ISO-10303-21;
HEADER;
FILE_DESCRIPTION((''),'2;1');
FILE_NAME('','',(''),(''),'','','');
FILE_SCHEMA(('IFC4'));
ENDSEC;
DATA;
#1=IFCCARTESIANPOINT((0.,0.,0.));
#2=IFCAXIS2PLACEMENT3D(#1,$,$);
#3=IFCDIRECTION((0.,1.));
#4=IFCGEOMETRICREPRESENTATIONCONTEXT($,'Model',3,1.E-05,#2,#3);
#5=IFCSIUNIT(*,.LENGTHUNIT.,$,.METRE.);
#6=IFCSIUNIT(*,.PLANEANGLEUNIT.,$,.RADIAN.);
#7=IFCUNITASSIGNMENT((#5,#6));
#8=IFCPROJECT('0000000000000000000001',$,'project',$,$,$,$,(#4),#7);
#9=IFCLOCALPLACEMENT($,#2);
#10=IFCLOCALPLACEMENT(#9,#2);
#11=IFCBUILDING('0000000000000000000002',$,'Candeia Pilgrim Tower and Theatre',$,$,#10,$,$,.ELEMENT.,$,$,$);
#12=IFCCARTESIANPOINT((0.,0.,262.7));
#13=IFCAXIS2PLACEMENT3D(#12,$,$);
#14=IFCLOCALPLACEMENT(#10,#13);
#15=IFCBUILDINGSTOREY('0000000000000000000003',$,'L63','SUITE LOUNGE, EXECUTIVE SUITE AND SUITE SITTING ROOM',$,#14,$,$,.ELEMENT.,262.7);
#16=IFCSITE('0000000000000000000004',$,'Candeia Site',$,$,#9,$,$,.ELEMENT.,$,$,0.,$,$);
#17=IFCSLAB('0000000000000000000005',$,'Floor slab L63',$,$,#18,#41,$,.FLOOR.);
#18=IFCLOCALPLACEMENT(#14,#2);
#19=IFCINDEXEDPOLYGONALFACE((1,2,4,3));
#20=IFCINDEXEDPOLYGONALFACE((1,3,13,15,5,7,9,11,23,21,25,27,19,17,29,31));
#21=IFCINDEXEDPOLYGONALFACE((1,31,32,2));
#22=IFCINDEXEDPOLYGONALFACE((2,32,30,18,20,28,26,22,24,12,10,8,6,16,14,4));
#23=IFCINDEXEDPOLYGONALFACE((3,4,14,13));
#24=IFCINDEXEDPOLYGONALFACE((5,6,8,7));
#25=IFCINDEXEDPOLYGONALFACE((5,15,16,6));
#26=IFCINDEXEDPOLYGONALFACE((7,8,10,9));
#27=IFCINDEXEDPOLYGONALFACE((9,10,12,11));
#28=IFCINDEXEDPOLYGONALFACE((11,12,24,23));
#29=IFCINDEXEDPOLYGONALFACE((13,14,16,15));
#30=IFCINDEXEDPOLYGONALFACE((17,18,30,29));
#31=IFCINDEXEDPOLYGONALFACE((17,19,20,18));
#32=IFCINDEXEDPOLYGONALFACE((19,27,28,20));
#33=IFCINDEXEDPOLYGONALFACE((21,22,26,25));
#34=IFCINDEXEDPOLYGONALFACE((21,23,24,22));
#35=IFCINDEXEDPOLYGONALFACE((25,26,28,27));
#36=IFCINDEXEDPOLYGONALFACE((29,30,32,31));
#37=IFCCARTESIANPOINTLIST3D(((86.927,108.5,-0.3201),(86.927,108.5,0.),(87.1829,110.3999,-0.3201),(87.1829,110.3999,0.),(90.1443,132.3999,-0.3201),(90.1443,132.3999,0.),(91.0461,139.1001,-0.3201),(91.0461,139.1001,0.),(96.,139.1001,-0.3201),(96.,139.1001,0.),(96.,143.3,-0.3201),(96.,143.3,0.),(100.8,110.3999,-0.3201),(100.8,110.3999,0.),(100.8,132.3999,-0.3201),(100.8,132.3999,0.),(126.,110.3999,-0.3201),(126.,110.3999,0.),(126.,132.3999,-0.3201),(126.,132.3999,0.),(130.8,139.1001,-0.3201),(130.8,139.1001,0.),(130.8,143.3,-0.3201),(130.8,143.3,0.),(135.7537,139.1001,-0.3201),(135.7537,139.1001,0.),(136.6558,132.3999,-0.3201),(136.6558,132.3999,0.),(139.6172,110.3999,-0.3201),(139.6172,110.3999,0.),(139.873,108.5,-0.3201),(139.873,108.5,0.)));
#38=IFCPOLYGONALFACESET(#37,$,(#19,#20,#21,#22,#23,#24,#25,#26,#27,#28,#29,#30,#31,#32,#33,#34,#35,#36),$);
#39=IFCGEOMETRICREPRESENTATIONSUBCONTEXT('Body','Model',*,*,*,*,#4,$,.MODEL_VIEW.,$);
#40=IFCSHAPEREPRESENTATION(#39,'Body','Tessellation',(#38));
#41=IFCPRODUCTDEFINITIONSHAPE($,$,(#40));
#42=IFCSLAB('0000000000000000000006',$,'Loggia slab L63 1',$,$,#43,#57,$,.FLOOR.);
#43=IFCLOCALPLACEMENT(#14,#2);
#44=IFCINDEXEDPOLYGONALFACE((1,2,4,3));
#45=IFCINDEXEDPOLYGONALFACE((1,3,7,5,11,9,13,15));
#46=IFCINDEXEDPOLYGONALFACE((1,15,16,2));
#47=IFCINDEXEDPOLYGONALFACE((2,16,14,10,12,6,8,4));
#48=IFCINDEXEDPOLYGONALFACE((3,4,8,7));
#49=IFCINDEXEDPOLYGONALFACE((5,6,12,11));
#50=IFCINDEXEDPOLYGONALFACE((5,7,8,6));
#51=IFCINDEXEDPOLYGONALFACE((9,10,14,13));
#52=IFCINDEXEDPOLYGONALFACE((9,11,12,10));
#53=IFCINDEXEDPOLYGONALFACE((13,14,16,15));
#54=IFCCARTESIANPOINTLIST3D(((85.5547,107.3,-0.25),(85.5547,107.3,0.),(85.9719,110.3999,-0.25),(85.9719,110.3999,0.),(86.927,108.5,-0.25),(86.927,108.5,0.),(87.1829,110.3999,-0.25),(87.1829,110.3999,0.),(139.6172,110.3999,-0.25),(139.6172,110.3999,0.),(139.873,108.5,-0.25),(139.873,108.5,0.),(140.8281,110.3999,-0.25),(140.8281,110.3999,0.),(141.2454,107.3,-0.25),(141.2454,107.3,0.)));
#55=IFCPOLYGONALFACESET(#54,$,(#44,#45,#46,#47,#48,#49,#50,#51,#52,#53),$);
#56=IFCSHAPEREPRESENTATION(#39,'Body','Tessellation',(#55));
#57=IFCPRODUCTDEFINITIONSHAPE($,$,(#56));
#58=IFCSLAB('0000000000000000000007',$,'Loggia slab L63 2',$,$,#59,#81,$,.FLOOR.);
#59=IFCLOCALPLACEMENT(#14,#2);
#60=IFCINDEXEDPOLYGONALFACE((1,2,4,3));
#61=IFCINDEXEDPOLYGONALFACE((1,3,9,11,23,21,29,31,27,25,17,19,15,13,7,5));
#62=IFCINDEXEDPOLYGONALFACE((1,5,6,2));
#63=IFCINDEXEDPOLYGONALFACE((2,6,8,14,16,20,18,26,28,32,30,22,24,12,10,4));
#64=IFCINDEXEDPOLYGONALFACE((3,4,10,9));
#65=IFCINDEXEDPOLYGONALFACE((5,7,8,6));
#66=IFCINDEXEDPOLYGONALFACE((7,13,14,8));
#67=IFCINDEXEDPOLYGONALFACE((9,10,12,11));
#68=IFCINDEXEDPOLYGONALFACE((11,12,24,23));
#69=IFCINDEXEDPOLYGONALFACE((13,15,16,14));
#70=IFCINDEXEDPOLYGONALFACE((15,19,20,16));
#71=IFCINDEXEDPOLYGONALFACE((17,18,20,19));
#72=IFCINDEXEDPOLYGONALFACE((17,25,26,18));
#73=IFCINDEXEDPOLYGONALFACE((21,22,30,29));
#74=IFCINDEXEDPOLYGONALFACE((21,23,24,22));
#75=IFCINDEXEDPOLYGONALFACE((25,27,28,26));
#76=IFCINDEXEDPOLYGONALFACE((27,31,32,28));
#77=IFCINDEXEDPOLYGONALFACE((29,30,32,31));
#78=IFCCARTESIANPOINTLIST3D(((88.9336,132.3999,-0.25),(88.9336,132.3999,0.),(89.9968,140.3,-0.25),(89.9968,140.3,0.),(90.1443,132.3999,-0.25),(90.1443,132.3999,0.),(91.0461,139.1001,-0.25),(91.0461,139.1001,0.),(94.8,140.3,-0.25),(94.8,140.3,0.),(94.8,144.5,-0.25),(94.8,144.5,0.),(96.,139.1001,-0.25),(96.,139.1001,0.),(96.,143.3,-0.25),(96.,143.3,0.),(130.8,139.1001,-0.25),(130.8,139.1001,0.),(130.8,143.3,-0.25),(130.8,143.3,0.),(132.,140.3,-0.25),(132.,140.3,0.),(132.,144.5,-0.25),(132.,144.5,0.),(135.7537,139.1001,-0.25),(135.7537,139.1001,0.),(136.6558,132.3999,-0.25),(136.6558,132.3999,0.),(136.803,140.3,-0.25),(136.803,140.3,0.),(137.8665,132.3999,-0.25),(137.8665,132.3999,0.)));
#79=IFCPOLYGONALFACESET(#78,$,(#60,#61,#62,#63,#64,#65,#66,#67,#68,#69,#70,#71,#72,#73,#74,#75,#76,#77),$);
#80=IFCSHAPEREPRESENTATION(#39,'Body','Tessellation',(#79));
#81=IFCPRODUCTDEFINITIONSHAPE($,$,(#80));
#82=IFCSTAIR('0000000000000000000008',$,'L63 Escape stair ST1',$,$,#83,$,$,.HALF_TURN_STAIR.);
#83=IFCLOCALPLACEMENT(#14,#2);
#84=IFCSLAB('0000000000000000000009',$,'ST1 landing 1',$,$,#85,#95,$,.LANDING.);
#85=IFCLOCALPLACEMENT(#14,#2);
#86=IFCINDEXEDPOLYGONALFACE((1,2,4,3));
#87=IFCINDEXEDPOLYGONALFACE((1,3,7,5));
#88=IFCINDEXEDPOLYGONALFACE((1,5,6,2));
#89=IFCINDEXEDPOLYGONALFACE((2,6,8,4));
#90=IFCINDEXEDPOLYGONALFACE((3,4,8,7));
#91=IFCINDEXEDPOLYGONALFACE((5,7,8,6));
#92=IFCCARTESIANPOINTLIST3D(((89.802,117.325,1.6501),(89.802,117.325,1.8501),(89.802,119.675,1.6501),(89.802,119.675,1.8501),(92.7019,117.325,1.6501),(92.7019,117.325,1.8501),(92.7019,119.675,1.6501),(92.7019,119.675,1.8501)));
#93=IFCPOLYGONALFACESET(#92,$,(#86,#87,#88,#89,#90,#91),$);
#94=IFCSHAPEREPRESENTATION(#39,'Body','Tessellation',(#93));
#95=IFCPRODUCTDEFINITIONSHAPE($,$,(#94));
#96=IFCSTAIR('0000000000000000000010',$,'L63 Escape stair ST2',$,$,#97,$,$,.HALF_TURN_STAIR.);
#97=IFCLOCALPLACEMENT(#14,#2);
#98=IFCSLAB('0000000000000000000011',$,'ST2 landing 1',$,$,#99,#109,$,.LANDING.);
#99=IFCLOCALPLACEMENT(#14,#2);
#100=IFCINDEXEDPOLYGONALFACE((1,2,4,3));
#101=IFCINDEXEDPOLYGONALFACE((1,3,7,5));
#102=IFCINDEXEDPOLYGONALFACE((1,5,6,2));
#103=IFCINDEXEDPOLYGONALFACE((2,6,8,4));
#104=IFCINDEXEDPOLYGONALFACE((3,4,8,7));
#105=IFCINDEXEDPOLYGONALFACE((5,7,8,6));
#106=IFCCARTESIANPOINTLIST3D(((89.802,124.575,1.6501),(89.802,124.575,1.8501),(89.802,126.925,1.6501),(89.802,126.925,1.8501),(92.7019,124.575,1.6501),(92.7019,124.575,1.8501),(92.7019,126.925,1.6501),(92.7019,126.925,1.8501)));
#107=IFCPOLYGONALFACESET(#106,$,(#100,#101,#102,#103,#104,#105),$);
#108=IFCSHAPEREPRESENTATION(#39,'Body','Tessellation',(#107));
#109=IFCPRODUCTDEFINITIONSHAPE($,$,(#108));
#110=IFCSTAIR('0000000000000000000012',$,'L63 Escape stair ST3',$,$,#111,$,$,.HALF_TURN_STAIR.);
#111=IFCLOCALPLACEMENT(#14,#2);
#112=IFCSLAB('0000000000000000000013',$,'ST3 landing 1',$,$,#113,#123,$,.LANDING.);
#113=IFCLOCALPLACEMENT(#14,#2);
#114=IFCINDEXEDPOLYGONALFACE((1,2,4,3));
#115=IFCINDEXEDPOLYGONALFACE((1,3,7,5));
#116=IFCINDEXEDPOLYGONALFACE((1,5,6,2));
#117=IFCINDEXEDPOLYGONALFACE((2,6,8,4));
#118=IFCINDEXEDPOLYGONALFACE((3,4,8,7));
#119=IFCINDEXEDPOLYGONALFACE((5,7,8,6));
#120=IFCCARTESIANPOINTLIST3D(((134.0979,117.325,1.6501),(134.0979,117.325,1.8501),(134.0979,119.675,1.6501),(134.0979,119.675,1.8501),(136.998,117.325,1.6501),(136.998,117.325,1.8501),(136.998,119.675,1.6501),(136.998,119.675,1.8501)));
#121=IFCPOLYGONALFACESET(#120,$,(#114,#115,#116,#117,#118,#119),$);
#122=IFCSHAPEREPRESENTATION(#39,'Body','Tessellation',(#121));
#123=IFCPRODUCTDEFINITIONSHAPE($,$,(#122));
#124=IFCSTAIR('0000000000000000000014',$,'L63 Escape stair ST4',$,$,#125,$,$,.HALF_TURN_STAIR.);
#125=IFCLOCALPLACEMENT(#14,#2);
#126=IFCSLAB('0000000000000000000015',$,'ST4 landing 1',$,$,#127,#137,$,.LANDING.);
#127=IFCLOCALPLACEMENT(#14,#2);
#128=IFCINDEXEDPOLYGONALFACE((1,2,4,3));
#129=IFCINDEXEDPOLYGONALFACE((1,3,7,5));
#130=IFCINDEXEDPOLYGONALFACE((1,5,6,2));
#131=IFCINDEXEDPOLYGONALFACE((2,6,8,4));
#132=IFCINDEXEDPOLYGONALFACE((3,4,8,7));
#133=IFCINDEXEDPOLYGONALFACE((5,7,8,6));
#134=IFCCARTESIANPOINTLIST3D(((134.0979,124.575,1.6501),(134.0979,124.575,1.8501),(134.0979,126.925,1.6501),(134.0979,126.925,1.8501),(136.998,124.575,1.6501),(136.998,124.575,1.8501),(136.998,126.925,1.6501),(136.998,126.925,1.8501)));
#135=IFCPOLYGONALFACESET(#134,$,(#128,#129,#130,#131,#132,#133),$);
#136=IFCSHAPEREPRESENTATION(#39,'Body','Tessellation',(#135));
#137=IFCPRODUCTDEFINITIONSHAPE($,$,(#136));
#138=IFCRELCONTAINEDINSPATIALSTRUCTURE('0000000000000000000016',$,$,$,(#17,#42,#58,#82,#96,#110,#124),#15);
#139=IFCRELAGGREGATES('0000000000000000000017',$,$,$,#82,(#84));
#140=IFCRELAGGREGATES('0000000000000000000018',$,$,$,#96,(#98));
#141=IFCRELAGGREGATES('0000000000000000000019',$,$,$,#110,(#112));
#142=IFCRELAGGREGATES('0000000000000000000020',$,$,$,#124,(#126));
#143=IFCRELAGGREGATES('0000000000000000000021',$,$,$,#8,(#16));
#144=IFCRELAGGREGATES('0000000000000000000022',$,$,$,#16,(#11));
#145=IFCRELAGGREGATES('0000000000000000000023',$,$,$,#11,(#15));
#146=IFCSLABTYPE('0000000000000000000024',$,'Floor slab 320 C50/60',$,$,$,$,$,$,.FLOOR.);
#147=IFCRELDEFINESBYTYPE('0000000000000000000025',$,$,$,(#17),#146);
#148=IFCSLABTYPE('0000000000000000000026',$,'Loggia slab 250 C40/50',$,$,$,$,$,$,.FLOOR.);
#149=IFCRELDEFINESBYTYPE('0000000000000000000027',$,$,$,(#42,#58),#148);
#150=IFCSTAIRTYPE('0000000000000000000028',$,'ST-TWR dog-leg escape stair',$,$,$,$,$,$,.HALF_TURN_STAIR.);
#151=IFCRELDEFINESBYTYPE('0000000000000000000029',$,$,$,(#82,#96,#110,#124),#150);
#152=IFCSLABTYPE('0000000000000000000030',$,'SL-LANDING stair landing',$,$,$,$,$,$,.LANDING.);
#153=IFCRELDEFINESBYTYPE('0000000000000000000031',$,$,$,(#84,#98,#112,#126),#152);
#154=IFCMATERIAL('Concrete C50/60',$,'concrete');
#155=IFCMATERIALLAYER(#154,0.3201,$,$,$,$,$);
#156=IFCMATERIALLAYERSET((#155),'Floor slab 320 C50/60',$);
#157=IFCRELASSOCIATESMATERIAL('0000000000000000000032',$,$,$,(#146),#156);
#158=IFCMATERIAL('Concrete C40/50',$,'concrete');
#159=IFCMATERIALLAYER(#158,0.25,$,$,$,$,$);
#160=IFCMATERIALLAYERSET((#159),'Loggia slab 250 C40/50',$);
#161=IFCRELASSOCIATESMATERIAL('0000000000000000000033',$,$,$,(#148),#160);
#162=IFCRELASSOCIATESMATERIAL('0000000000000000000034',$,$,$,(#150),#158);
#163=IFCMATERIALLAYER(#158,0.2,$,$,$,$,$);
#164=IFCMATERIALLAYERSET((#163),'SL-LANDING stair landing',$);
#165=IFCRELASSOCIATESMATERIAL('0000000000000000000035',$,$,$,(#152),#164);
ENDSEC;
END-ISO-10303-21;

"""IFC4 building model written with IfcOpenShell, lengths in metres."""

from ifc_helpers import new_model, si_unit, direction, frame, origin, place, context, subcontext, project, spatial, polyline, outline, extrude, material, layer, layer_set, type_object, element, aggregate, save


model = new_model("IFC4")

# Units and contexts
model_context = context("Model", 3, precision=1e-05, world=origin(), true_north=direction((0.0, 1.0)))
body_context = subcontext(model_context, "Body", "Model", "MODEL_VIEW")
ifc_project = project(units=[si_unit("LENGTHUNIT", "METRE"), si_unit("PLANEANGLEUNIT", "RADIAN")], contexts=[model_context])

# Site, building, storey
site_placement = place(None, origin())
site = spatial("IfcSite", under=ifc_project, at=site_placement, Name="Candeia Site", CompositionType="ELEMENT", RefElevation=0.0)
building_placement = place(site_placement, origin())
building = spatial("IfcBuilding", under=site, at=building_placement, Name="Candeia Pilgrim Tower and Theatre", CompositionType="ELEMENT")
storey_placement = place(building_placement, frame((0.0, 0.0, 262.7)))
storey = spatial("IfcBuildingStorey", under=building, at=storey_placement, Name="L63", Description="SUITE LOUNGE, EXECUTIVE SUITE AND SUITE SITTING ROOM", CompositionType="ELEMENT", Elevation=262.7)

# Shared definitions
ifc_material_1 = material(Name="Concrete C40/50", Category="concrete")

# Slabs
ifc_material_2 = material(Name="Concrete C50/60", Category="concrete")
ifc_layer_1 = layer(ifc_material_2, 0.3201)
ifc_layer_set_1 = layer_set([ifc_layer_1], Name="Floor slab 320 C50/60")
slab_type_1 = type_object("IfcSlabType", Name="Floor slab 320 C50/60", PredefinedType="FLOOR", material=ifc_layer_set_1)
slab_1_placement = place(storey_placement, frame((0.0, 0.0, -0.3201)))
element("IfcSlab", 1, at=slab_1_placement, inside=storey, type_object=slab_type_1, Name="Floor slab L63", PredefinedType="FLOOR", context=body_context, shape_type="SweptSolid", body=[
    extrude(outline(polyline([(96.0, 139.1001), (96.0, 143.3), (130.8, 143.3), (130.8, 139.1001), (135.7537, 139.1001), (136.6558, 132.3999), (126.0, 132.3999), (126.0, 110.3999), (139.6172, 110.3999), (139.873, 108.5), (86.927, 108.5), (87.1829, 110.3999), (100.8, 110.3999), (100.8, 132.3999), (90.1443, 132.3999), (91.0461, 139.1001), (96.0, 139.1001)])), origin(), (0.0, 0.0, 1.0), 0.3201),
])
ifc_layer_2 = layer(ifc_material_1, 0.25)
ifc_layer_set_2 = layer_set([ifc_layer_2], Name="Loggia slab 250 C40/50")
slab_type_2 = type_object("IfcSlabType", Name="Loggia slab 250 C40/50", PredefinedType="FLOOR", material=ifc_layer_set_2)
slab_2_placement = place(storey_placement, frame((0.0, 0.0, -0.25)))
element("IfcSlab", 2, at=slab_2_placement, inside=storey, type_object=slab_type_2, Name="Loggia slab L63 1", PredefinedType="FLOOR", context=body_context, shape_type="SweptSolid", body=[
    extrude(outline(polyline([(86.927, 108.5), (139.873, 108.5), (139.6172, 110.3999), (140.8281, 110.3999), (141.2454, 107.3), (85.5547, 107.3), (85.9719, 110.3999), (87.1829, 110.3999), (86.927, 108.5)])), origin(), (0.0, 0.0, 1.0), 0.25),
])
slab_3_placement = place(storey_placement, frame((0.0, 0.0, -0.25)))
element("IfcSlab", 3, at=slab_3_placement, inside=storey, type_object=slab_type_2, Name="Loggia slab L63 2", PredefinedType="FLOOR", context=body_context, shape_type="SweptSolid", body=[
    extrude(outline(polyline([(136.6558, 132.3999), (135.7537, 139.1001), (130.8, 139.1001), (130.8, 143.3), (96.0, 143.3), (96.0, 139.1001), (91.0461, 139.1001), (90.1443, 132.3999), (88.9336, 132.3999), (89.9968, 140.3), (94.8, 140.3), (94.8, 144.5), (132.0, 144.5), (132.0, 140.3), (136.803, 140.3), (137.8665, 132.3999), (136.6558, 132.3999)])), origin(), (0.0, 0.0, 1.0), 0.25),
])

# Stairs, slabs
stair_type = type_object("IfcStairType", Name="ST-TWR dog-leg escape stair", PredefinedType="HALF_TURN_STAIR", material=ifc_material_1)
stair_1_placement = place(storey_placement, origin())
stair_1 = element("IfcStair", 4, at=stair_1_placement, inside=storey, type_object=stair_type, Name="L63 Escape stair ST1", PredefinedType="HALF_TURN_STAIR")
ifc_layer_3 = layer(ifc_material_1, 0.2)
ifc_layer_set_3 = layer_set([ifc_layer_3], Name="SL-LANDING stair landing")
slab_type_3 = type_object("IfcSlabType", Name="SL-LANDING stair landing", PredefinedType="LANDING", material=ifc_layer_set_3)
slab_4_placement = place(storey_placement, frame((0.0, 0.0, 1.6501)))
slab_4 = element("IfcSlab", 5, at=slab_4_placement, type_object=slab_type_3, Name="ST1 landing 1", PredefinedType="LANDING", context=body_context, shape_type="SweptSolid", body=[
    extrude(outline(polyline([(89.802, 119.675), (89.802, 117.325), (92.7019, 117.325), (92.7019, 119.675), (89.802, 119.675)])), origin(), (0.0, 0.0, 1.0), 0.2),
])
aggregate(stair_1, [slab_4])
stair_2_placement = place(storey_placement, origin())
stair_2 = element("IfcStair", 6, at=stair_2_placement, inside=storey, type_object=stair_type, Name="L63 Escape stair ST2", PredefinedType="HALF_TURN_STAIR")
slab_5_placement = place(storey_placement, frame((0.0, 0.0, 1.6501)))
slab_5 = element("IfcSlab", 7, at=slab_5_placement, type_object=slab_type_3, Name="ST2 landing 1", PredefinedType="LANDING", context=body_context, shape_type="SweptSolid", body=[
    extrude(outline(polyline([(89.802, 126.925), (89.802, 124.575), (92.7019, 124.575), (92.7019, 126.925), (89.802, 126.925)])), origin(), (0.0, 0.0, 1.0), 0.2),
])
aggregate(stair_2, [slab_5])
stair_3_placement = place(storey_placement, origin())
stair_3 = element("IfcStair", 8, at=stair_3_placement, inside=storey, type_object=stair_type, Name="L63 Escape stair ST3", PredefinedType="HALF_TURN_STAIR")
slab_6_placement = place(storey_placement, frame((0.0, 0.0, 1.6501)))
slab_6 = element("IfcSlab", 9, at=slab_6_placement, type_object=slab_type_3, Name="ST3 landing 1", PredefinedType="LANDING", context=body_context, shape_type="SweptSolid", body=[
    extrude(outline(polyline([(134.0979, 119.675), (134.0979, 117.325), (136.998, 117.325), (136.998, 119.675), (134.0979, 119.675)])), origin(), (0.0, 0.0, 1.0), 0.2),
])
aggregate(stair_3, [slab_6])
stair_4_placement = place(storey_placement, origin())
stair_4 = element("IfcStair", 10, at=stair_4_placement, inside=storey, type_object=stair_type, Name="L63 Escape stair ST4", PredefinedType="HALF_TURN_STAIR")
slab_7_placement = place(storey_placement, frame((0.0, 0.0, 1.6501)))
slab_7 = element("IfcSlab", 11, at=slab_7_placement, type_object=slab_type_3, Name="ST4 landing 1", PredefinedType="LANDING", context=body_context, shape_type="SweptSolid", body=[
    extrude(outline(polyline([(134.0979, 126.925), (134.0979, 124.575), (136.998, 124.575), (136.998, 126.925), (134.0979, 126.925)])), origin(), (0.0, 0.0, 1.0), 0.2),
])
aggregate(stair_4, [slab_7])

save(model, "model.ifc")
